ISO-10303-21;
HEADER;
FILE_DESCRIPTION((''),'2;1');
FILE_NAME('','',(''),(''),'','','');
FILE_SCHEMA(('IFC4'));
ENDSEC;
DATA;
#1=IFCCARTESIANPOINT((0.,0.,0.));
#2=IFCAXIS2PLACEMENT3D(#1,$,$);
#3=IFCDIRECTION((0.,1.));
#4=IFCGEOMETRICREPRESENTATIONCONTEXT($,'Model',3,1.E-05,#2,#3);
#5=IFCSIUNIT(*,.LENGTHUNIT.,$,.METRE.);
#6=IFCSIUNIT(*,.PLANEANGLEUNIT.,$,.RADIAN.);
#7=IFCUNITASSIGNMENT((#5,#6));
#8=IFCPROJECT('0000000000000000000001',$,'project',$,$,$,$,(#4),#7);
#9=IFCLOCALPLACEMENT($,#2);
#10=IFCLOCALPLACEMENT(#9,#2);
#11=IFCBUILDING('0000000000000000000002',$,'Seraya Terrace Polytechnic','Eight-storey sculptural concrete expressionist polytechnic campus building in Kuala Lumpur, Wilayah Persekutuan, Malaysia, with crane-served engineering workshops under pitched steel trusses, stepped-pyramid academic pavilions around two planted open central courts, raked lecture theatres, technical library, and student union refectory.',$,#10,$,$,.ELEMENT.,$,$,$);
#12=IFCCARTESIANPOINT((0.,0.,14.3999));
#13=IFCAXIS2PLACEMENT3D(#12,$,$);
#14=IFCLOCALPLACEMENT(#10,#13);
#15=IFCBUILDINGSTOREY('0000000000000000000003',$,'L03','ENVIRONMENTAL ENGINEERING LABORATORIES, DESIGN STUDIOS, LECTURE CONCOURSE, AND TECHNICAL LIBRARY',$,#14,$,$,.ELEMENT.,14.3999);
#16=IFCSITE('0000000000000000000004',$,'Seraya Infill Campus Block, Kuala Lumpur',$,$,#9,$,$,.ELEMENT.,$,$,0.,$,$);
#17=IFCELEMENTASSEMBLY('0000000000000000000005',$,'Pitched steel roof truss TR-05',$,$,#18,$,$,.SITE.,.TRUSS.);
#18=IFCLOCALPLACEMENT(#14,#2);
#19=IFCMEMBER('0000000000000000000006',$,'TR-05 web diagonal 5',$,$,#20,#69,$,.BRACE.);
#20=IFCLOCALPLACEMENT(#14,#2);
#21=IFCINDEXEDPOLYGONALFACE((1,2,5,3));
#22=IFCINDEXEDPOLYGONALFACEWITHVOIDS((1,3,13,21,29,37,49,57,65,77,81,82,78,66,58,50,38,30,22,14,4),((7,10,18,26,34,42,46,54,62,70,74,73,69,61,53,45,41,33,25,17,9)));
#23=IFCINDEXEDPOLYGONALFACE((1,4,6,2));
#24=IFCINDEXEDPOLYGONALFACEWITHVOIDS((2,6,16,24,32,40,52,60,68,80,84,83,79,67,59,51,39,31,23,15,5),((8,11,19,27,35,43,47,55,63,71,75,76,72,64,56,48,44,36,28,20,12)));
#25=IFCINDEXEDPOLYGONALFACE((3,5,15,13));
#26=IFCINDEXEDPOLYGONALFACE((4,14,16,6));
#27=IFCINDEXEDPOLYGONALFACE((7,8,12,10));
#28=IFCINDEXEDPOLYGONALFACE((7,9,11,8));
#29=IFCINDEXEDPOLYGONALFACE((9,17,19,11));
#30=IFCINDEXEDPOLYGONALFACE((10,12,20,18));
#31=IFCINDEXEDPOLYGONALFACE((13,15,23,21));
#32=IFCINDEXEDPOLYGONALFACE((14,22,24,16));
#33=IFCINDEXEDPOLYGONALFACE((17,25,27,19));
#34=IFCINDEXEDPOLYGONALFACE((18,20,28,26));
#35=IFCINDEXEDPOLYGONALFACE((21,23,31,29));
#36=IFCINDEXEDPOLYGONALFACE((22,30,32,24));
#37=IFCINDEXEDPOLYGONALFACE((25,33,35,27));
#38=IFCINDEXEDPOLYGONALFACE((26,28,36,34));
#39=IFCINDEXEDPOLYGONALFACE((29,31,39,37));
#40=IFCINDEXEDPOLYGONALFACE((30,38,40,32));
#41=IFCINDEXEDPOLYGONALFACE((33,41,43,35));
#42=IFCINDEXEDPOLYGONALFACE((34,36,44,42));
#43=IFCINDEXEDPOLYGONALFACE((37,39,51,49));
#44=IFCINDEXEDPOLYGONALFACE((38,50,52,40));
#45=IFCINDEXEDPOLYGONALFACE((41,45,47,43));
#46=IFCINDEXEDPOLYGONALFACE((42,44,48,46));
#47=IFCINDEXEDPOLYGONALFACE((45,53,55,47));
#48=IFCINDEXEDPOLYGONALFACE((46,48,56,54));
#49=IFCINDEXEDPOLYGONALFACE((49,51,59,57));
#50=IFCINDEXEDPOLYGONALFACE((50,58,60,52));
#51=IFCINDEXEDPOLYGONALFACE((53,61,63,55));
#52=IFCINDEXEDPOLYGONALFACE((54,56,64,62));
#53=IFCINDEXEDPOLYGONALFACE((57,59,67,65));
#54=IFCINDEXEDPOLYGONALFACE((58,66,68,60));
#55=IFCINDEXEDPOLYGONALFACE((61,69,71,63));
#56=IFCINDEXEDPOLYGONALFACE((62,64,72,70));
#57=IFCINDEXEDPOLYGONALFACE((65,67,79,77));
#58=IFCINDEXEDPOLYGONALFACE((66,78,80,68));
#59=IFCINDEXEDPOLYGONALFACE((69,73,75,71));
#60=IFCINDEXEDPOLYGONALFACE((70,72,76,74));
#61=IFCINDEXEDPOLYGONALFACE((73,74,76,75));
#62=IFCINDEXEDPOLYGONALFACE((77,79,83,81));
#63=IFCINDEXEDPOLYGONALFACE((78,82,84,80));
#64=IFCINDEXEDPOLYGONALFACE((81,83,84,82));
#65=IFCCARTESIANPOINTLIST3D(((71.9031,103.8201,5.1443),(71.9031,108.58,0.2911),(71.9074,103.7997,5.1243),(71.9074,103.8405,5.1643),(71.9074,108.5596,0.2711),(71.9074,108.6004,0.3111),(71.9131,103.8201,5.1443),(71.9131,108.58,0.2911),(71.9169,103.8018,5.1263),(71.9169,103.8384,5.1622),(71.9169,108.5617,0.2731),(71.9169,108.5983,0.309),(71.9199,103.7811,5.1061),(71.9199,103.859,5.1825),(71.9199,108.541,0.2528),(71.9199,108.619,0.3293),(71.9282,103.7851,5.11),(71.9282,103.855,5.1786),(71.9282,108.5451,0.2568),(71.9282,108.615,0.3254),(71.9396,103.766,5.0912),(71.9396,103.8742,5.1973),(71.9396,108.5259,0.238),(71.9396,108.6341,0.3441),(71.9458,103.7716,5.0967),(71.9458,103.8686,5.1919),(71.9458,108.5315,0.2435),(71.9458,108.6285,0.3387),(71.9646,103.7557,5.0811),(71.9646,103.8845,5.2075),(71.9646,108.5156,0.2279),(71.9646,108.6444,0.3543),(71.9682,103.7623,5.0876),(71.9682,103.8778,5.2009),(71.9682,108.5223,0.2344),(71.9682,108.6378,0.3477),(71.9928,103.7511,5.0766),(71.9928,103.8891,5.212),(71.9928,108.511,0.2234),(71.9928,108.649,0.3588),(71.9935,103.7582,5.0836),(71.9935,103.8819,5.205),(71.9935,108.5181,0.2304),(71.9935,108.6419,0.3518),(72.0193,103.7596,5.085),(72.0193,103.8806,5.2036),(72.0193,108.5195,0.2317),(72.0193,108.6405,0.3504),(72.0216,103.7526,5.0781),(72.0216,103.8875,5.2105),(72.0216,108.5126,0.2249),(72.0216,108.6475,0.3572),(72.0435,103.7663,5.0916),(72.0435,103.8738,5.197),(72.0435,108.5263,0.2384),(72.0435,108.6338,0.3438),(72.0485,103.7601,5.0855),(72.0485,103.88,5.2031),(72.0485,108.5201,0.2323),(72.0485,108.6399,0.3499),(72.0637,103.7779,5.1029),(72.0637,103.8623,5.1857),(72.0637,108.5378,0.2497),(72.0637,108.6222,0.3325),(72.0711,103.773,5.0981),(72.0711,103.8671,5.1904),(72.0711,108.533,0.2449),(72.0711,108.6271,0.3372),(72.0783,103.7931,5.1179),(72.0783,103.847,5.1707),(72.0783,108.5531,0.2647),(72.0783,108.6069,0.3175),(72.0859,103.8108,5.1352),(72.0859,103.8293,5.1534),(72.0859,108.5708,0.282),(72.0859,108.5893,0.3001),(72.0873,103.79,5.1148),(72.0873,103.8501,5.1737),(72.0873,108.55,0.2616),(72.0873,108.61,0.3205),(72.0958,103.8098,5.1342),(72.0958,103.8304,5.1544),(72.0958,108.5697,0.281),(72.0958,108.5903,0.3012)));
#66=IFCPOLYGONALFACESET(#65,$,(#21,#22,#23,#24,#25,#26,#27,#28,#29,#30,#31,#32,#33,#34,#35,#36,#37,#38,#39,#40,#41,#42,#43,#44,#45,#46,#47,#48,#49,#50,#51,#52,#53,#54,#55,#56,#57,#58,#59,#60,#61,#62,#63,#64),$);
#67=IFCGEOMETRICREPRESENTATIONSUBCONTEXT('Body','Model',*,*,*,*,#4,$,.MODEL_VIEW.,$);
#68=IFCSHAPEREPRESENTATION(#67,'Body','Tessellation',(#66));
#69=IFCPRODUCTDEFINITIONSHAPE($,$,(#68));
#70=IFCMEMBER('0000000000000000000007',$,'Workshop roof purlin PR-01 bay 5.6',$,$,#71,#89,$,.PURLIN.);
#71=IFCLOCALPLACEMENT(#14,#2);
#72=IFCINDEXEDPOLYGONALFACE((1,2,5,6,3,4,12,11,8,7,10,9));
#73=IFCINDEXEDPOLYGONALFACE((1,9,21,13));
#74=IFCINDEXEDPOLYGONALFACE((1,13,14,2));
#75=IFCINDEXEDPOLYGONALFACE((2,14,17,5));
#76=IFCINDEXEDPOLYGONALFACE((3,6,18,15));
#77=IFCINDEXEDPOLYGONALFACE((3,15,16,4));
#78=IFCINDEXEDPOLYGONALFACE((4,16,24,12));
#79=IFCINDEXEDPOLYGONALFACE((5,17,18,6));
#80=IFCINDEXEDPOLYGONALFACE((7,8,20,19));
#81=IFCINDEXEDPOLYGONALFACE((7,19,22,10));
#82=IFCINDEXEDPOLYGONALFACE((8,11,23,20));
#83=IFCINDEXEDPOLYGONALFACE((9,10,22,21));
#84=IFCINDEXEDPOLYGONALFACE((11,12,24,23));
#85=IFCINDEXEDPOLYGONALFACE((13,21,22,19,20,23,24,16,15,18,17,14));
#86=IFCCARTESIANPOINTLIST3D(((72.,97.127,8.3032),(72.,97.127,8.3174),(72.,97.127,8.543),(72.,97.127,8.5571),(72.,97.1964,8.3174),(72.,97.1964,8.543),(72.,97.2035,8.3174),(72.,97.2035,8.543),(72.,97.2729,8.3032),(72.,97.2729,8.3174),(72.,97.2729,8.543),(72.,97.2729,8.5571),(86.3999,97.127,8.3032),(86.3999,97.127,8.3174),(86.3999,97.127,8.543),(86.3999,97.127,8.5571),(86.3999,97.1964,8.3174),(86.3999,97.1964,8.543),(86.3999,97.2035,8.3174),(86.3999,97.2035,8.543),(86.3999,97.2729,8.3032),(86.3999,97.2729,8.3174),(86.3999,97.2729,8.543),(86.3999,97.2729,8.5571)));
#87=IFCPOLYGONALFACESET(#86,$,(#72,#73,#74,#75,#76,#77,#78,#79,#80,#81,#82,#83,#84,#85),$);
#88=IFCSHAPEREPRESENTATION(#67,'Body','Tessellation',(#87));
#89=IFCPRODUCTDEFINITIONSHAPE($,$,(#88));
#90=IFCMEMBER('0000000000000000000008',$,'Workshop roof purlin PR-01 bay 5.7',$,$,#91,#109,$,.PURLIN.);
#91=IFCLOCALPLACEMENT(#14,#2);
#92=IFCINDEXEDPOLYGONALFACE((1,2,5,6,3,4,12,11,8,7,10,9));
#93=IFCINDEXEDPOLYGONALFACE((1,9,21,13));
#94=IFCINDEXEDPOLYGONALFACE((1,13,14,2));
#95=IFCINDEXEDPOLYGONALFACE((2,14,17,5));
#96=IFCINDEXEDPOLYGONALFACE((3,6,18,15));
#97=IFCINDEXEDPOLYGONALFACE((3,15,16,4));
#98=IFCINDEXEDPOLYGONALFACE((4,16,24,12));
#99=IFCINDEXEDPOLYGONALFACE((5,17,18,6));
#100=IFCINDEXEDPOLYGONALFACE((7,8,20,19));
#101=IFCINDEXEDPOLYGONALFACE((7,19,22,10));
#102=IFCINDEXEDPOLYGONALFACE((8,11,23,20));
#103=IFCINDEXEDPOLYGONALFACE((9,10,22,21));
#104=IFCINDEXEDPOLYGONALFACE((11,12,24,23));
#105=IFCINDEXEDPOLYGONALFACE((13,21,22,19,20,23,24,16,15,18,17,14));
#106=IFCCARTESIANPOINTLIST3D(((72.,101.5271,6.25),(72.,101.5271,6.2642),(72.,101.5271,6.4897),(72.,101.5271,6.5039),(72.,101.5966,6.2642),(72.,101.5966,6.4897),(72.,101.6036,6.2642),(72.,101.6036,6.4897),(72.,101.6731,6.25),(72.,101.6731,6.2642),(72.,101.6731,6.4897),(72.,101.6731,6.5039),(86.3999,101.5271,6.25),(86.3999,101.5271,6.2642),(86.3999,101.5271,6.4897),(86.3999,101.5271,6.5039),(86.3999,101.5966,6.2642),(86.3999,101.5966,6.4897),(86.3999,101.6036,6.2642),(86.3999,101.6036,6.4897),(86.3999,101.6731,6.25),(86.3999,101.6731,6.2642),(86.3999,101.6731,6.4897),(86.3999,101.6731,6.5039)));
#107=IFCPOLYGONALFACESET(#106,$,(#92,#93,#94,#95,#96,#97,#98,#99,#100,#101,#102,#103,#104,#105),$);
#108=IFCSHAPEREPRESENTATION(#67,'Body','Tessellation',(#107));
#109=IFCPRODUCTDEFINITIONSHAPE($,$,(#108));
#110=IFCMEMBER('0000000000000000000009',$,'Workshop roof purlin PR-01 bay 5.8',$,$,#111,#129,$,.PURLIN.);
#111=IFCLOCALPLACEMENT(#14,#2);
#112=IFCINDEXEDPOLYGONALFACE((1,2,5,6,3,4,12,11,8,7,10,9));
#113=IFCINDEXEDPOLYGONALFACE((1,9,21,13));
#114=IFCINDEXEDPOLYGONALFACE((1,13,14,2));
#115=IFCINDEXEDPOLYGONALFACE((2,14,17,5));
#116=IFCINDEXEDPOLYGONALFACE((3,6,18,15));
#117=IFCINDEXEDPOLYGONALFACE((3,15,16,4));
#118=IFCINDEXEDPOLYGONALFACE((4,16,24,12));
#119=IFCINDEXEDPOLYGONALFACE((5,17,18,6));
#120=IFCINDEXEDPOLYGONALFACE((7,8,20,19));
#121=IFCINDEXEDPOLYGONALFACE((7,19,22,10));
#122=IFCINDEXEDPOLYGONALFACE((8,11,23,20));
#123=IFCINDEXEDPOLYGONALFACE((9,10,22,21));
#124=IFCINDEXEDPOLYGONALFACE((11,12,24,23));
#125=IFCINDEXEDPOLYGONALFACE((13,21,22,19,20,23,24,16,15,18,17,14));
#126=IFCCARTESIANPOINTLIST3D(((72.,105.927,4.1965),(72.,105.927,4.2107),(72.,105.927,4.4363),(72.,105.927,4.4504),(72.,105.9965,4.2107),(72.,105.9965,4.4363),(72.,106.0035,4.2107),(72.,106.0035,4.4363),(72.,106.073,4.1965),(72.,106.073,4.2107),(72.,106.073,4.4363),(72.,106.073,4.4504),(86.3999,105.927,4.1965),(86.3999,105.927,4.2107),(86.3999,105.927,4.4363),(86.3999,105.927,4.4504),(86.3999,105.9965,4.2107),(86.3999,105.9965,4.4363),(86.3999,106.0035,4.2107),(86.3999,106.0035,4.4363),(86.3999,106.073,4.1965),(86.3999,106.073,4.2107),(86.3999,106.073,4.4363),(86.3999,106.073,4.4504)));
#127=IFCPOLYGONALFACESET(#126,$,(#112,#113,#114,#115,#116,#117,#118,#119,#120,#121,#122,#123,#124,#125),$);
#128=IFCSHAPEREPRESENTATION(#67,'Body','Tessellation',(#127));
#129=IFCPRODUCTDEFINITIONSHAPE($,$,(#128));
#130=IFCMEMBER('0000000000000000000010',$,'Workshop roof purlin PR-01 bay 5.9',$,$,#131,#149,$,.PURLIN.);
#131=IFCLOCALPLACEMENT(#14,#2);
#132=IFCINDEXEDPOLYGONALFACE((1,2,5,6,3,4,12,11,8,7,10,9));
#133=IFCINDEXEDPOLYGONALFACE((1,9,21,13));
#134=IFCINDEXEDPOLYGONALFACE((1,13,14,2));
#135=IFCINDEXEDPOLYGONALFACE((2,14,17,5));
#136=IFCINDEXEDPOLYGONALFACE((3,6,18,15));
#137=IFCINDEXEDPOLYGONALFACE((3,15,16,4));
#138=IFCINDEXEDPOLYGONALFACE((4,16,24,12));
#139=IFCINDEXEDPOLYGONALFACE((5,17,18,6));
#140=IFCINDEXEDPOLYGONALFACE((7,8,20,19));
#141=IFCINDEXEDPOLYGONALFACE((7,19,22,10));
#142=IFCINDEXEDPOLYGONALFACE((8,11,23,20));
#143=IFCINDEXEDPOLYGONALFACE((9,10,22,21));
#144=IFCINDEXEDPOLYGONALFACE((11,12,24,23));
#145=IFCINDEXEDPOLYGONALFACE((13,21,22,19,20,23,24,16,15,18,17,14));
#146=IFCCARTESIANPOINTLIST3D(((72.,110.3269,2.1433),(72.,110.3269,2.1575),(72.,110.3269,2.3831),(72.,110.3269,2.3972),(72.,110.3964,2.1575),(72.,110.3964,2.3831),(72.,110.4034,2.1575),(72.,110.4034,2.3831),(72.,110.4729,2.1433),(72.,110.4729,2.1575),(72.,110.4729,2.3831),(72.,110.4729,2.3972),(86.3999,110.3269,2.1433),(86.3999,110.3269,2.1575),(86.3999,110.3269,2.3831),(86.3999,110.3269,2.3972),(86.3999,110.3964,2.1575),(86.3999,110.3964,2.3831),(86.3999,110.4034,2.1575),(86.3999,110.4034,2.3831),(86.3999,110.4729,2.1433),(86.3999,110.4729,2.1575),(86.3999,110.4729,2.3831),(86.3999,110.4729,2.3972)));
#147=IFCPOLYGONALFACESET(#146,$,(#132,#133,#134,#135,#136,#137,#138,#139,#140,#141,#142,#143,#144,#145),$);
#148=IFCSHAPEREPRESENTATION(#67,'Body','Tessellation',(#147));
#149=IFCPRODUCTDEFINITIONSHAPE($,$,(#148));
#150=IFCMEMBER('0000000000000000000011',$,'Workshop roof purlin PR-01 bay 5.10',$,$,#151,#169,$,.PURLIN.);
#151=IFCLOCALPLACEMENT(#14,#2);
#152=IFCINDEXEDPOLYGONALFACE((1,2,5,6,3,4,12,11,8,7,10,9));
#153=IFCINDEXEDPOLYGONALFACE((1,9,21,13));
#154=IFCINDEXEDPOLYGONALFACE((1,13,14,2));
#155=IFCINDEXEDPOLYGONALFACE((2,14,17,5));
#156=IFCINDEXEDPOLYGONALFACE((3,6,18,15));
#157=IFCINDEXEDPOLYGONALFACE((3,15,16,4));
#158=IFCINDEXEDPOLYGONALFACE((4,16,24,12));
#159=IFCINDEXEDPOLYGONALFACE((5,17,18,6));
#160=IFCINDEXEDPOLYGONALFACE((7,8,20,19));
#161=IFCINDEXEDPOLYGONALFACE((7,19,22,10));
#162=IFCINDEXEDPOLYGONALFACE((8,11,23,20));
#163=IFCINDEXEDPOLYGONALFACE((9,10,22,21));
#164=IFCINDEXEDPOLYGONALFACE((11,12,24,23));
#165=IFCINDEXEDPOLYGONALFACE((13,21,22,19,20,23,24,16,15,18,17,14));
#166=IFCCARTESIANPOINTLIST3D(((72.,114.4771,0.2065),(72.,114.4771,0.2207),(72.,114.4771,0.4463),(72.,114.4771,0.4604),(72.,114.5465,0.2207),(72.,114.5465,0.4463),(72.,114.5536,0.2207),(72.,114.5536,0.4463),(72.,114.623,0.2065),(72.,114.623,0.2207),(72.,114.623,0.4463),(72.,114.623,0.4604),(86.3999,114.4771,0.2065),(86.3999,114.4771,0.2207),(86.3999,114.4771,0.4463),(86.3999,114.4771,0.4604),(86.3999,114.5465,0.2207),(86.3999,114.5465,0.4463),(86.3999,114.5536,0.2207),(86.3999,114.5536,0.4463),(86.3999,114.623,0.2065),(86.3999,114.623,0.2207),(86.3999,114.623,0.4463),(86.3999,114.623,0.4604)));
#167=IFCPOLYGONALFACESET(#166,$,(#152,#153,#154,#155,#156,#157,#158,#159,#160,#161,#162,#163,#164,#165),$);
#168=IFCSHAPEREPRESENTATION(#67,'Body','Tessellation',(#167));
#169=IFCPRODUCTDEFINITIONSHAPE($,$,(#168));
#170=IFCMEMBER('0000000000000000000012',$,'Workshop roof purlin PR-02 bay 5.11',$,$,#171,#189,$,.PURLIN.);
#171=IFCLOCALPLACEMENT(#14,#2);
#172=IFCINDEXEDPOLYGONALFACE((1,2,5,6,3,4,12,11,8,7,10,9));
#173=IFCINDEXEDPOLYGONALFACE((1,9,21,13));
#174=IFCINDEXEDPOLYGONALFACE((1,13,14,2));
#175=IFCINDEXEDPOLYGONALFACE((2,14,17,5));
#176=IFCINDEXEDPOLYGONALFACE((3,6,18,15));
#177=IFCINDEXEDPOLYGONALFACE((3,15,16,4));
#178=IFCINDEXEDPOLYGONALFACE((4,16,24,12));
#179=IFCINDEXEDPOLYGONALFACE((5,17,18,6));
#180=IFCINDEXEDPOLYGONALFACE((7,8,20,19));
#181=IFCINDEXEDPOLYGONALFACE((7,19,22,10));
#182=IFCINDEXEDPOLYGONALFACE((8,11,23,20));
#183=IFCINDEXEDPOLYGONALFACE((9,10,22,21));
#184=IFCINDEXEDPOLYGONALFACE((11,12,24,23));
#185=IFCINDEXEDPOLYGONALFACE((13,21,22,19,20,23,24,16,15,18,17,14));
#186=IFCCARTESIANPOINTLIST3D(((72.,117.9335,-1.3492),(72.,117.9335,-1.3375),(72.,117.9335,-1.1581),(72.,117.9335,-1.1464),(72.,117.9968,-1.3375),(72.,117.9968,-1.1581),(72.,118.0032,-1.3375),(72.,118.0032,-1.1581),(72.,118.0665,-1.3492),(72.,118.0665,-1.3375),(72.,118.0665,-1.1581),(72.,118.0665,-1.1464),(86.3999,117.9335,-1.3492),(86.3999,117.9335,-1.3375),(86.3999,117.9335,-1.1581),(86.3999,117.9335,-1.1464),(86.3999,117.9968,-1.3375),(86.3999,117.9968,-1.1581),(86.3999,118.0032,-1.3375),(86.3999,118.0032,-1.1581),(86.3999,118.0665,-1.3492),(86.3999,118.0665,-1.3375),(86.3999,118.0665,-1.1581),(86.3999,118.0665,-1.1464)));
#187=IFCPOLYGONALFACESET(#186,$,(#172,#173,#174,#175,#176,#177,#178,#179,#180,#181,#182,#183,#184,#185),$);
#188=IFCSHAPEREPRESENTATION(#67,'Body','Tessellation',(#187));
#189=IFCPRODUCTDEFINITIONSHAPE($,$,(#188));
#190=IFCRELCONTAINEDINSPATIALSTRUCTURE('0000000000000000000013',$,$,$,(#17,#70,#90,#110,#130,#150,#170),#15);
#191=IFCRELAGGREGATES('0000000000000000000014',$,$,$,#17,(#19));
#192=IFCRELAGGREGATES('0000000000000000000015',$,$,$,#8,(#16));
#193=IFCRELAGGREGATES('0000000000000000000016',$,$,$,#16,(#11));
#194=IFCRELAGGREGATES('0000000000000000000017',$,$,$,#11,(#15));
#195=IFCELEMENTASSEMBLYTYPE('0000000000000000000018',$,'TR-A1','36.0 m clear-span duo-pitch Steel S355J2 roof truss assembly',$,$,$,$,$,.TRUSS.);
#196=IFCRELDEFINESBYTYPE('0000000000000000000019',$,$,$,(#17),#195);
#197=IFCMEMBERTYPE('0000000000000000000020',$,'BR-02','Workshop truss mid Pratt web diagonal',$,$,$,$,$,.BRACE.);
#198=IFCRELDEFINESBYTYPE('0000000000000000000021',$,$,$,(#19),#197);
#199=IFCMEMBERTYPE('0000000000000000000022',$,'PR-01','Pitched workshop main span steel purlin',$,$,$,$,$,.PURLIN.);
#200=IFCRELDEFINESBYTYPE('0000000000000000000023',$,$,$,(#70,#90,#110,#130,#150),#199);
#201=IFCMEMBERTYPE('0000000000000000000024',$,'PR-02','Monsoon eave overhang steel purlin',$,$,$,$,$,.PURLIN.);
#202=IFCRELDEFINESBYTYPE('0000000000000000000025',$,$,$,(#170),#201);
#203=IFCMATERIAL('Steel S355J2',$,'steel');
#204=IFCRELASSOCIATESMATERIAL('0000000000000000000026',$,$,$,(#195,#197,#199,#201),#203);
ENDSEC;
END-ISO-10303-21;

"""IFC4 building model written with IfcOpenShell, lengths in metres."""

from ifc_helpers import new_model, si_unit, direction, frame, origin, origin_2d, place, context, subcontext, project, spatial, hollow_circle, i_section, extrude, material, material_profile, profile_set, type_object, element, aggregate, save


model = new_model("IFC4")

# Units and contexts
model_context = context("Model", 3, precision=1e-05, world=origin(), true_north=direction((0.0, 1.0)))
body_context = subcontext(model_context, "Body", "Model", "MODEL_VIEW")
ifc_project = project(units=[si_unit("LENGTHUNIT", "METRE"), si_unit("PLANEANGLEUNIT", "RADIAN")], contexts=[model_context])

# Site, building, storey
site_placement = place(None, origin())
site = spatial("IfcSite", under=ifc_project, at=site_placement, Name="Seraya Infill Campus Block, Kuala Lumpur", CompositionType="ELEMENT", RefElevation=0.0)
building_placement = place(site_placement, origin())
building = spatial("IfcBuilding", under=site, at=building_placement, Name="Seraya Terrace Polytechnic", Description="Eight-storey sculptural concrete expressionist polytechnic campus building in Kuala Lumpur, Wilayah Persekutuan, Malaysia, with crane-served engineering workshops under pitched steel trusses, stepped-pyramid academic pavilions around two planted open central courts, raked lecture theatres, technical library, and student union refectory.", CompositionType="ELEMENT")
storey_placement = place(building_placement, frame((0.0, 0.0, 14.3999)))
storey = spatial("IfcBuildingStorey", under=building, at=storey_placement, Name="L03", Description="ENVIRONMENTAL ENGINEERING LABORATORIES, DESIGN STUDIOS, LECTURE CONCOURSE, AND TECHNICAL LIBRARY", CompositionType="ELEMENT", Elevation=14.3999)

# Element assembly, member
ifc_material_1 = material(Name="Steel S355J2", Category="steel")
element_assembly_type = type_object("IfcElementAssemblyType", Name="TR-A1", Description="36.0 m clear-span duo-pitch Steel S355J2 roof truss assembly", PredefinedType="TRUSS", material=ifc_material_1)
assembly_placement = place(storey_placement, origin())
assembly = element("IfcElementAssembly", 1, at=assembly_placement, inside=storey, type_object=element_assembly_type, Name="Pitched steel roof truss TR-05", AssemblyPlace="SITE", PredefinedType="TRUSS")
ifc_material_profile_1 = material_profile(ifc_material_1, hollow_circle(Radius=0.0969, WallThickness=0.01, at=origin_2d()), Name="CHS 193.7x10.0")
ifc_profile_set_1 = profile_set([ifc_material_profile_1], Name="Steel S355J2")
member_type_1 = type_object("IfcMemberType", Name="BR-02", Description="Workshop truss mid Pratt web diagonal", PredefinedType="BRACE", material=ifc_profile_set_1)
member_1_placement = place(storey_placement, frame((72.0, 103.8201, 5.1443), z_axis=(0.0, 0.700214, -0.713933), x_axis=(-1.0, 0.0, 0.0)))
member_1 = element("IfcMember", 2, at=member_1_placement, type_object=member_type_1, Name="TR-05 web diagonal 5", PredefinedType="BRACE", context=body_context, shape_type="SweptSolid", body=[
    extrude(hollow_circle(Radius=0.0969, WallThickness=0.01, at=origin_2d()), origin(), (0.0, 0.0, 1.0), 6.7979),
])

# Members
ifc_material_profile_2 = material_profile(ifc_material_1, i_section(OverallWidth=0.146, OverallDepth=0.2539, WebThickness=0.0071, FlangeThickness=0.0142, at=origin_2d()), Name="UKB 254x146x7.2x14.2")
ifc_profile_set_2 = profile_set([ifc_material_profile_2], Name="Steel S355J2")
member_type_2 = type_object("IfcMemberType", Name="PR-01", Description="Pitched workshop main span steel purlin", PredefinedType="PURLIN", material=ifc_profile_set_2)
for number, where, z_axis, x_axis, name in (
    (3, (72.0, 97.2, 8.4302), (1.0, 0.0, 0.0), (0.0, 1.0, 0.0), "Workshop roof purlin PR-01 bay 5.6"),
    (4, (72.0, 101.6001, 6.377), (1.0, 0.0, 0.0), (0.0, 1.0, 0.0), "Workshop roof purlin PR-01 bay 5.7"),
    (5, (72.0, 106.0, 4.3235), (1.0, 0.0, 0.0), (0.0, 1.0, 0.0), "Workshop roof purlin PR-01 bay 5.8"),
    (6, (72.0, 110.3999, 2.2703), (1.0, 0.0, 0.0), (0.0, 1.0, 0.0), "Workshop roof purlin PR-01 bay 5.9"),
    (7, (72.0, 114.55, 0.3335), (1.0, 0.0, 0.0), (0.0, 1.0, 0.0), "Workshop roof purlin PR-01 bay 5.10"),
):
    element("IfcMember", number, at=place(storey_placement, frame(where, z_axis=z_axis, x_axis=x_axis)), inside=storey, type_object=member_type_2, Name=name, PredefinedType="PURLIN", context=body_context, shape_type="SweptSolid", body=[
        extrude(i_section(OverallWidth=0.146, OverallDepth=0.2539, WebThickness=0.0071, FlangeThickness=0.0142, at=origin_2d()), origin(), (0.0, 0.0, 1.0), 14.3999),
    ])
ifc_material_profile_3 = material_profile(ifc_material_1, i_section(OverallWidth=0.1331, OverallDepth=0.2029, WebThickness=0.0063, FlangeThickness=0.0117, at=origin_2d()), Name="UKB 203x133x6.4x11.8")
ifc_profile_set_3 = profile_set([ifc_material_profile_3], Name="Steel S355J2")
member_type_3 = type_object("IfcMemberType", Name="PR-02", Description="Monsoon eave overhang steel purlin", PredefinedType="PURLIN", material=ifc_profile_set_3)
member_2_placement = place(storey_placement, frame((72.0, 118.0, -1.2478), z_axis=(1.0, 0.0, 0.0), x_axis=(0.0, 1.0, 0.0)))
element("IfcMember", 8, at=member_2_placement, inside=storey, type_object=member_type_3, Name="Workshop roof purlin PR-02 bay 5.11", PredefinedType="PURLIN", context=body_context, shape_type="SweptSolid", body=[
    extrude(i_section(OverallWidth=0.1331, OverallDepth=0.2029, WebThickness=0.0063, FlangeThickness=0.0117, at=origin_2d()), origin(), (0.0, 0.0, 1.0), 14.3999),
])

aggregate(assembly, [member_1])

save(model, "model.ifc")
